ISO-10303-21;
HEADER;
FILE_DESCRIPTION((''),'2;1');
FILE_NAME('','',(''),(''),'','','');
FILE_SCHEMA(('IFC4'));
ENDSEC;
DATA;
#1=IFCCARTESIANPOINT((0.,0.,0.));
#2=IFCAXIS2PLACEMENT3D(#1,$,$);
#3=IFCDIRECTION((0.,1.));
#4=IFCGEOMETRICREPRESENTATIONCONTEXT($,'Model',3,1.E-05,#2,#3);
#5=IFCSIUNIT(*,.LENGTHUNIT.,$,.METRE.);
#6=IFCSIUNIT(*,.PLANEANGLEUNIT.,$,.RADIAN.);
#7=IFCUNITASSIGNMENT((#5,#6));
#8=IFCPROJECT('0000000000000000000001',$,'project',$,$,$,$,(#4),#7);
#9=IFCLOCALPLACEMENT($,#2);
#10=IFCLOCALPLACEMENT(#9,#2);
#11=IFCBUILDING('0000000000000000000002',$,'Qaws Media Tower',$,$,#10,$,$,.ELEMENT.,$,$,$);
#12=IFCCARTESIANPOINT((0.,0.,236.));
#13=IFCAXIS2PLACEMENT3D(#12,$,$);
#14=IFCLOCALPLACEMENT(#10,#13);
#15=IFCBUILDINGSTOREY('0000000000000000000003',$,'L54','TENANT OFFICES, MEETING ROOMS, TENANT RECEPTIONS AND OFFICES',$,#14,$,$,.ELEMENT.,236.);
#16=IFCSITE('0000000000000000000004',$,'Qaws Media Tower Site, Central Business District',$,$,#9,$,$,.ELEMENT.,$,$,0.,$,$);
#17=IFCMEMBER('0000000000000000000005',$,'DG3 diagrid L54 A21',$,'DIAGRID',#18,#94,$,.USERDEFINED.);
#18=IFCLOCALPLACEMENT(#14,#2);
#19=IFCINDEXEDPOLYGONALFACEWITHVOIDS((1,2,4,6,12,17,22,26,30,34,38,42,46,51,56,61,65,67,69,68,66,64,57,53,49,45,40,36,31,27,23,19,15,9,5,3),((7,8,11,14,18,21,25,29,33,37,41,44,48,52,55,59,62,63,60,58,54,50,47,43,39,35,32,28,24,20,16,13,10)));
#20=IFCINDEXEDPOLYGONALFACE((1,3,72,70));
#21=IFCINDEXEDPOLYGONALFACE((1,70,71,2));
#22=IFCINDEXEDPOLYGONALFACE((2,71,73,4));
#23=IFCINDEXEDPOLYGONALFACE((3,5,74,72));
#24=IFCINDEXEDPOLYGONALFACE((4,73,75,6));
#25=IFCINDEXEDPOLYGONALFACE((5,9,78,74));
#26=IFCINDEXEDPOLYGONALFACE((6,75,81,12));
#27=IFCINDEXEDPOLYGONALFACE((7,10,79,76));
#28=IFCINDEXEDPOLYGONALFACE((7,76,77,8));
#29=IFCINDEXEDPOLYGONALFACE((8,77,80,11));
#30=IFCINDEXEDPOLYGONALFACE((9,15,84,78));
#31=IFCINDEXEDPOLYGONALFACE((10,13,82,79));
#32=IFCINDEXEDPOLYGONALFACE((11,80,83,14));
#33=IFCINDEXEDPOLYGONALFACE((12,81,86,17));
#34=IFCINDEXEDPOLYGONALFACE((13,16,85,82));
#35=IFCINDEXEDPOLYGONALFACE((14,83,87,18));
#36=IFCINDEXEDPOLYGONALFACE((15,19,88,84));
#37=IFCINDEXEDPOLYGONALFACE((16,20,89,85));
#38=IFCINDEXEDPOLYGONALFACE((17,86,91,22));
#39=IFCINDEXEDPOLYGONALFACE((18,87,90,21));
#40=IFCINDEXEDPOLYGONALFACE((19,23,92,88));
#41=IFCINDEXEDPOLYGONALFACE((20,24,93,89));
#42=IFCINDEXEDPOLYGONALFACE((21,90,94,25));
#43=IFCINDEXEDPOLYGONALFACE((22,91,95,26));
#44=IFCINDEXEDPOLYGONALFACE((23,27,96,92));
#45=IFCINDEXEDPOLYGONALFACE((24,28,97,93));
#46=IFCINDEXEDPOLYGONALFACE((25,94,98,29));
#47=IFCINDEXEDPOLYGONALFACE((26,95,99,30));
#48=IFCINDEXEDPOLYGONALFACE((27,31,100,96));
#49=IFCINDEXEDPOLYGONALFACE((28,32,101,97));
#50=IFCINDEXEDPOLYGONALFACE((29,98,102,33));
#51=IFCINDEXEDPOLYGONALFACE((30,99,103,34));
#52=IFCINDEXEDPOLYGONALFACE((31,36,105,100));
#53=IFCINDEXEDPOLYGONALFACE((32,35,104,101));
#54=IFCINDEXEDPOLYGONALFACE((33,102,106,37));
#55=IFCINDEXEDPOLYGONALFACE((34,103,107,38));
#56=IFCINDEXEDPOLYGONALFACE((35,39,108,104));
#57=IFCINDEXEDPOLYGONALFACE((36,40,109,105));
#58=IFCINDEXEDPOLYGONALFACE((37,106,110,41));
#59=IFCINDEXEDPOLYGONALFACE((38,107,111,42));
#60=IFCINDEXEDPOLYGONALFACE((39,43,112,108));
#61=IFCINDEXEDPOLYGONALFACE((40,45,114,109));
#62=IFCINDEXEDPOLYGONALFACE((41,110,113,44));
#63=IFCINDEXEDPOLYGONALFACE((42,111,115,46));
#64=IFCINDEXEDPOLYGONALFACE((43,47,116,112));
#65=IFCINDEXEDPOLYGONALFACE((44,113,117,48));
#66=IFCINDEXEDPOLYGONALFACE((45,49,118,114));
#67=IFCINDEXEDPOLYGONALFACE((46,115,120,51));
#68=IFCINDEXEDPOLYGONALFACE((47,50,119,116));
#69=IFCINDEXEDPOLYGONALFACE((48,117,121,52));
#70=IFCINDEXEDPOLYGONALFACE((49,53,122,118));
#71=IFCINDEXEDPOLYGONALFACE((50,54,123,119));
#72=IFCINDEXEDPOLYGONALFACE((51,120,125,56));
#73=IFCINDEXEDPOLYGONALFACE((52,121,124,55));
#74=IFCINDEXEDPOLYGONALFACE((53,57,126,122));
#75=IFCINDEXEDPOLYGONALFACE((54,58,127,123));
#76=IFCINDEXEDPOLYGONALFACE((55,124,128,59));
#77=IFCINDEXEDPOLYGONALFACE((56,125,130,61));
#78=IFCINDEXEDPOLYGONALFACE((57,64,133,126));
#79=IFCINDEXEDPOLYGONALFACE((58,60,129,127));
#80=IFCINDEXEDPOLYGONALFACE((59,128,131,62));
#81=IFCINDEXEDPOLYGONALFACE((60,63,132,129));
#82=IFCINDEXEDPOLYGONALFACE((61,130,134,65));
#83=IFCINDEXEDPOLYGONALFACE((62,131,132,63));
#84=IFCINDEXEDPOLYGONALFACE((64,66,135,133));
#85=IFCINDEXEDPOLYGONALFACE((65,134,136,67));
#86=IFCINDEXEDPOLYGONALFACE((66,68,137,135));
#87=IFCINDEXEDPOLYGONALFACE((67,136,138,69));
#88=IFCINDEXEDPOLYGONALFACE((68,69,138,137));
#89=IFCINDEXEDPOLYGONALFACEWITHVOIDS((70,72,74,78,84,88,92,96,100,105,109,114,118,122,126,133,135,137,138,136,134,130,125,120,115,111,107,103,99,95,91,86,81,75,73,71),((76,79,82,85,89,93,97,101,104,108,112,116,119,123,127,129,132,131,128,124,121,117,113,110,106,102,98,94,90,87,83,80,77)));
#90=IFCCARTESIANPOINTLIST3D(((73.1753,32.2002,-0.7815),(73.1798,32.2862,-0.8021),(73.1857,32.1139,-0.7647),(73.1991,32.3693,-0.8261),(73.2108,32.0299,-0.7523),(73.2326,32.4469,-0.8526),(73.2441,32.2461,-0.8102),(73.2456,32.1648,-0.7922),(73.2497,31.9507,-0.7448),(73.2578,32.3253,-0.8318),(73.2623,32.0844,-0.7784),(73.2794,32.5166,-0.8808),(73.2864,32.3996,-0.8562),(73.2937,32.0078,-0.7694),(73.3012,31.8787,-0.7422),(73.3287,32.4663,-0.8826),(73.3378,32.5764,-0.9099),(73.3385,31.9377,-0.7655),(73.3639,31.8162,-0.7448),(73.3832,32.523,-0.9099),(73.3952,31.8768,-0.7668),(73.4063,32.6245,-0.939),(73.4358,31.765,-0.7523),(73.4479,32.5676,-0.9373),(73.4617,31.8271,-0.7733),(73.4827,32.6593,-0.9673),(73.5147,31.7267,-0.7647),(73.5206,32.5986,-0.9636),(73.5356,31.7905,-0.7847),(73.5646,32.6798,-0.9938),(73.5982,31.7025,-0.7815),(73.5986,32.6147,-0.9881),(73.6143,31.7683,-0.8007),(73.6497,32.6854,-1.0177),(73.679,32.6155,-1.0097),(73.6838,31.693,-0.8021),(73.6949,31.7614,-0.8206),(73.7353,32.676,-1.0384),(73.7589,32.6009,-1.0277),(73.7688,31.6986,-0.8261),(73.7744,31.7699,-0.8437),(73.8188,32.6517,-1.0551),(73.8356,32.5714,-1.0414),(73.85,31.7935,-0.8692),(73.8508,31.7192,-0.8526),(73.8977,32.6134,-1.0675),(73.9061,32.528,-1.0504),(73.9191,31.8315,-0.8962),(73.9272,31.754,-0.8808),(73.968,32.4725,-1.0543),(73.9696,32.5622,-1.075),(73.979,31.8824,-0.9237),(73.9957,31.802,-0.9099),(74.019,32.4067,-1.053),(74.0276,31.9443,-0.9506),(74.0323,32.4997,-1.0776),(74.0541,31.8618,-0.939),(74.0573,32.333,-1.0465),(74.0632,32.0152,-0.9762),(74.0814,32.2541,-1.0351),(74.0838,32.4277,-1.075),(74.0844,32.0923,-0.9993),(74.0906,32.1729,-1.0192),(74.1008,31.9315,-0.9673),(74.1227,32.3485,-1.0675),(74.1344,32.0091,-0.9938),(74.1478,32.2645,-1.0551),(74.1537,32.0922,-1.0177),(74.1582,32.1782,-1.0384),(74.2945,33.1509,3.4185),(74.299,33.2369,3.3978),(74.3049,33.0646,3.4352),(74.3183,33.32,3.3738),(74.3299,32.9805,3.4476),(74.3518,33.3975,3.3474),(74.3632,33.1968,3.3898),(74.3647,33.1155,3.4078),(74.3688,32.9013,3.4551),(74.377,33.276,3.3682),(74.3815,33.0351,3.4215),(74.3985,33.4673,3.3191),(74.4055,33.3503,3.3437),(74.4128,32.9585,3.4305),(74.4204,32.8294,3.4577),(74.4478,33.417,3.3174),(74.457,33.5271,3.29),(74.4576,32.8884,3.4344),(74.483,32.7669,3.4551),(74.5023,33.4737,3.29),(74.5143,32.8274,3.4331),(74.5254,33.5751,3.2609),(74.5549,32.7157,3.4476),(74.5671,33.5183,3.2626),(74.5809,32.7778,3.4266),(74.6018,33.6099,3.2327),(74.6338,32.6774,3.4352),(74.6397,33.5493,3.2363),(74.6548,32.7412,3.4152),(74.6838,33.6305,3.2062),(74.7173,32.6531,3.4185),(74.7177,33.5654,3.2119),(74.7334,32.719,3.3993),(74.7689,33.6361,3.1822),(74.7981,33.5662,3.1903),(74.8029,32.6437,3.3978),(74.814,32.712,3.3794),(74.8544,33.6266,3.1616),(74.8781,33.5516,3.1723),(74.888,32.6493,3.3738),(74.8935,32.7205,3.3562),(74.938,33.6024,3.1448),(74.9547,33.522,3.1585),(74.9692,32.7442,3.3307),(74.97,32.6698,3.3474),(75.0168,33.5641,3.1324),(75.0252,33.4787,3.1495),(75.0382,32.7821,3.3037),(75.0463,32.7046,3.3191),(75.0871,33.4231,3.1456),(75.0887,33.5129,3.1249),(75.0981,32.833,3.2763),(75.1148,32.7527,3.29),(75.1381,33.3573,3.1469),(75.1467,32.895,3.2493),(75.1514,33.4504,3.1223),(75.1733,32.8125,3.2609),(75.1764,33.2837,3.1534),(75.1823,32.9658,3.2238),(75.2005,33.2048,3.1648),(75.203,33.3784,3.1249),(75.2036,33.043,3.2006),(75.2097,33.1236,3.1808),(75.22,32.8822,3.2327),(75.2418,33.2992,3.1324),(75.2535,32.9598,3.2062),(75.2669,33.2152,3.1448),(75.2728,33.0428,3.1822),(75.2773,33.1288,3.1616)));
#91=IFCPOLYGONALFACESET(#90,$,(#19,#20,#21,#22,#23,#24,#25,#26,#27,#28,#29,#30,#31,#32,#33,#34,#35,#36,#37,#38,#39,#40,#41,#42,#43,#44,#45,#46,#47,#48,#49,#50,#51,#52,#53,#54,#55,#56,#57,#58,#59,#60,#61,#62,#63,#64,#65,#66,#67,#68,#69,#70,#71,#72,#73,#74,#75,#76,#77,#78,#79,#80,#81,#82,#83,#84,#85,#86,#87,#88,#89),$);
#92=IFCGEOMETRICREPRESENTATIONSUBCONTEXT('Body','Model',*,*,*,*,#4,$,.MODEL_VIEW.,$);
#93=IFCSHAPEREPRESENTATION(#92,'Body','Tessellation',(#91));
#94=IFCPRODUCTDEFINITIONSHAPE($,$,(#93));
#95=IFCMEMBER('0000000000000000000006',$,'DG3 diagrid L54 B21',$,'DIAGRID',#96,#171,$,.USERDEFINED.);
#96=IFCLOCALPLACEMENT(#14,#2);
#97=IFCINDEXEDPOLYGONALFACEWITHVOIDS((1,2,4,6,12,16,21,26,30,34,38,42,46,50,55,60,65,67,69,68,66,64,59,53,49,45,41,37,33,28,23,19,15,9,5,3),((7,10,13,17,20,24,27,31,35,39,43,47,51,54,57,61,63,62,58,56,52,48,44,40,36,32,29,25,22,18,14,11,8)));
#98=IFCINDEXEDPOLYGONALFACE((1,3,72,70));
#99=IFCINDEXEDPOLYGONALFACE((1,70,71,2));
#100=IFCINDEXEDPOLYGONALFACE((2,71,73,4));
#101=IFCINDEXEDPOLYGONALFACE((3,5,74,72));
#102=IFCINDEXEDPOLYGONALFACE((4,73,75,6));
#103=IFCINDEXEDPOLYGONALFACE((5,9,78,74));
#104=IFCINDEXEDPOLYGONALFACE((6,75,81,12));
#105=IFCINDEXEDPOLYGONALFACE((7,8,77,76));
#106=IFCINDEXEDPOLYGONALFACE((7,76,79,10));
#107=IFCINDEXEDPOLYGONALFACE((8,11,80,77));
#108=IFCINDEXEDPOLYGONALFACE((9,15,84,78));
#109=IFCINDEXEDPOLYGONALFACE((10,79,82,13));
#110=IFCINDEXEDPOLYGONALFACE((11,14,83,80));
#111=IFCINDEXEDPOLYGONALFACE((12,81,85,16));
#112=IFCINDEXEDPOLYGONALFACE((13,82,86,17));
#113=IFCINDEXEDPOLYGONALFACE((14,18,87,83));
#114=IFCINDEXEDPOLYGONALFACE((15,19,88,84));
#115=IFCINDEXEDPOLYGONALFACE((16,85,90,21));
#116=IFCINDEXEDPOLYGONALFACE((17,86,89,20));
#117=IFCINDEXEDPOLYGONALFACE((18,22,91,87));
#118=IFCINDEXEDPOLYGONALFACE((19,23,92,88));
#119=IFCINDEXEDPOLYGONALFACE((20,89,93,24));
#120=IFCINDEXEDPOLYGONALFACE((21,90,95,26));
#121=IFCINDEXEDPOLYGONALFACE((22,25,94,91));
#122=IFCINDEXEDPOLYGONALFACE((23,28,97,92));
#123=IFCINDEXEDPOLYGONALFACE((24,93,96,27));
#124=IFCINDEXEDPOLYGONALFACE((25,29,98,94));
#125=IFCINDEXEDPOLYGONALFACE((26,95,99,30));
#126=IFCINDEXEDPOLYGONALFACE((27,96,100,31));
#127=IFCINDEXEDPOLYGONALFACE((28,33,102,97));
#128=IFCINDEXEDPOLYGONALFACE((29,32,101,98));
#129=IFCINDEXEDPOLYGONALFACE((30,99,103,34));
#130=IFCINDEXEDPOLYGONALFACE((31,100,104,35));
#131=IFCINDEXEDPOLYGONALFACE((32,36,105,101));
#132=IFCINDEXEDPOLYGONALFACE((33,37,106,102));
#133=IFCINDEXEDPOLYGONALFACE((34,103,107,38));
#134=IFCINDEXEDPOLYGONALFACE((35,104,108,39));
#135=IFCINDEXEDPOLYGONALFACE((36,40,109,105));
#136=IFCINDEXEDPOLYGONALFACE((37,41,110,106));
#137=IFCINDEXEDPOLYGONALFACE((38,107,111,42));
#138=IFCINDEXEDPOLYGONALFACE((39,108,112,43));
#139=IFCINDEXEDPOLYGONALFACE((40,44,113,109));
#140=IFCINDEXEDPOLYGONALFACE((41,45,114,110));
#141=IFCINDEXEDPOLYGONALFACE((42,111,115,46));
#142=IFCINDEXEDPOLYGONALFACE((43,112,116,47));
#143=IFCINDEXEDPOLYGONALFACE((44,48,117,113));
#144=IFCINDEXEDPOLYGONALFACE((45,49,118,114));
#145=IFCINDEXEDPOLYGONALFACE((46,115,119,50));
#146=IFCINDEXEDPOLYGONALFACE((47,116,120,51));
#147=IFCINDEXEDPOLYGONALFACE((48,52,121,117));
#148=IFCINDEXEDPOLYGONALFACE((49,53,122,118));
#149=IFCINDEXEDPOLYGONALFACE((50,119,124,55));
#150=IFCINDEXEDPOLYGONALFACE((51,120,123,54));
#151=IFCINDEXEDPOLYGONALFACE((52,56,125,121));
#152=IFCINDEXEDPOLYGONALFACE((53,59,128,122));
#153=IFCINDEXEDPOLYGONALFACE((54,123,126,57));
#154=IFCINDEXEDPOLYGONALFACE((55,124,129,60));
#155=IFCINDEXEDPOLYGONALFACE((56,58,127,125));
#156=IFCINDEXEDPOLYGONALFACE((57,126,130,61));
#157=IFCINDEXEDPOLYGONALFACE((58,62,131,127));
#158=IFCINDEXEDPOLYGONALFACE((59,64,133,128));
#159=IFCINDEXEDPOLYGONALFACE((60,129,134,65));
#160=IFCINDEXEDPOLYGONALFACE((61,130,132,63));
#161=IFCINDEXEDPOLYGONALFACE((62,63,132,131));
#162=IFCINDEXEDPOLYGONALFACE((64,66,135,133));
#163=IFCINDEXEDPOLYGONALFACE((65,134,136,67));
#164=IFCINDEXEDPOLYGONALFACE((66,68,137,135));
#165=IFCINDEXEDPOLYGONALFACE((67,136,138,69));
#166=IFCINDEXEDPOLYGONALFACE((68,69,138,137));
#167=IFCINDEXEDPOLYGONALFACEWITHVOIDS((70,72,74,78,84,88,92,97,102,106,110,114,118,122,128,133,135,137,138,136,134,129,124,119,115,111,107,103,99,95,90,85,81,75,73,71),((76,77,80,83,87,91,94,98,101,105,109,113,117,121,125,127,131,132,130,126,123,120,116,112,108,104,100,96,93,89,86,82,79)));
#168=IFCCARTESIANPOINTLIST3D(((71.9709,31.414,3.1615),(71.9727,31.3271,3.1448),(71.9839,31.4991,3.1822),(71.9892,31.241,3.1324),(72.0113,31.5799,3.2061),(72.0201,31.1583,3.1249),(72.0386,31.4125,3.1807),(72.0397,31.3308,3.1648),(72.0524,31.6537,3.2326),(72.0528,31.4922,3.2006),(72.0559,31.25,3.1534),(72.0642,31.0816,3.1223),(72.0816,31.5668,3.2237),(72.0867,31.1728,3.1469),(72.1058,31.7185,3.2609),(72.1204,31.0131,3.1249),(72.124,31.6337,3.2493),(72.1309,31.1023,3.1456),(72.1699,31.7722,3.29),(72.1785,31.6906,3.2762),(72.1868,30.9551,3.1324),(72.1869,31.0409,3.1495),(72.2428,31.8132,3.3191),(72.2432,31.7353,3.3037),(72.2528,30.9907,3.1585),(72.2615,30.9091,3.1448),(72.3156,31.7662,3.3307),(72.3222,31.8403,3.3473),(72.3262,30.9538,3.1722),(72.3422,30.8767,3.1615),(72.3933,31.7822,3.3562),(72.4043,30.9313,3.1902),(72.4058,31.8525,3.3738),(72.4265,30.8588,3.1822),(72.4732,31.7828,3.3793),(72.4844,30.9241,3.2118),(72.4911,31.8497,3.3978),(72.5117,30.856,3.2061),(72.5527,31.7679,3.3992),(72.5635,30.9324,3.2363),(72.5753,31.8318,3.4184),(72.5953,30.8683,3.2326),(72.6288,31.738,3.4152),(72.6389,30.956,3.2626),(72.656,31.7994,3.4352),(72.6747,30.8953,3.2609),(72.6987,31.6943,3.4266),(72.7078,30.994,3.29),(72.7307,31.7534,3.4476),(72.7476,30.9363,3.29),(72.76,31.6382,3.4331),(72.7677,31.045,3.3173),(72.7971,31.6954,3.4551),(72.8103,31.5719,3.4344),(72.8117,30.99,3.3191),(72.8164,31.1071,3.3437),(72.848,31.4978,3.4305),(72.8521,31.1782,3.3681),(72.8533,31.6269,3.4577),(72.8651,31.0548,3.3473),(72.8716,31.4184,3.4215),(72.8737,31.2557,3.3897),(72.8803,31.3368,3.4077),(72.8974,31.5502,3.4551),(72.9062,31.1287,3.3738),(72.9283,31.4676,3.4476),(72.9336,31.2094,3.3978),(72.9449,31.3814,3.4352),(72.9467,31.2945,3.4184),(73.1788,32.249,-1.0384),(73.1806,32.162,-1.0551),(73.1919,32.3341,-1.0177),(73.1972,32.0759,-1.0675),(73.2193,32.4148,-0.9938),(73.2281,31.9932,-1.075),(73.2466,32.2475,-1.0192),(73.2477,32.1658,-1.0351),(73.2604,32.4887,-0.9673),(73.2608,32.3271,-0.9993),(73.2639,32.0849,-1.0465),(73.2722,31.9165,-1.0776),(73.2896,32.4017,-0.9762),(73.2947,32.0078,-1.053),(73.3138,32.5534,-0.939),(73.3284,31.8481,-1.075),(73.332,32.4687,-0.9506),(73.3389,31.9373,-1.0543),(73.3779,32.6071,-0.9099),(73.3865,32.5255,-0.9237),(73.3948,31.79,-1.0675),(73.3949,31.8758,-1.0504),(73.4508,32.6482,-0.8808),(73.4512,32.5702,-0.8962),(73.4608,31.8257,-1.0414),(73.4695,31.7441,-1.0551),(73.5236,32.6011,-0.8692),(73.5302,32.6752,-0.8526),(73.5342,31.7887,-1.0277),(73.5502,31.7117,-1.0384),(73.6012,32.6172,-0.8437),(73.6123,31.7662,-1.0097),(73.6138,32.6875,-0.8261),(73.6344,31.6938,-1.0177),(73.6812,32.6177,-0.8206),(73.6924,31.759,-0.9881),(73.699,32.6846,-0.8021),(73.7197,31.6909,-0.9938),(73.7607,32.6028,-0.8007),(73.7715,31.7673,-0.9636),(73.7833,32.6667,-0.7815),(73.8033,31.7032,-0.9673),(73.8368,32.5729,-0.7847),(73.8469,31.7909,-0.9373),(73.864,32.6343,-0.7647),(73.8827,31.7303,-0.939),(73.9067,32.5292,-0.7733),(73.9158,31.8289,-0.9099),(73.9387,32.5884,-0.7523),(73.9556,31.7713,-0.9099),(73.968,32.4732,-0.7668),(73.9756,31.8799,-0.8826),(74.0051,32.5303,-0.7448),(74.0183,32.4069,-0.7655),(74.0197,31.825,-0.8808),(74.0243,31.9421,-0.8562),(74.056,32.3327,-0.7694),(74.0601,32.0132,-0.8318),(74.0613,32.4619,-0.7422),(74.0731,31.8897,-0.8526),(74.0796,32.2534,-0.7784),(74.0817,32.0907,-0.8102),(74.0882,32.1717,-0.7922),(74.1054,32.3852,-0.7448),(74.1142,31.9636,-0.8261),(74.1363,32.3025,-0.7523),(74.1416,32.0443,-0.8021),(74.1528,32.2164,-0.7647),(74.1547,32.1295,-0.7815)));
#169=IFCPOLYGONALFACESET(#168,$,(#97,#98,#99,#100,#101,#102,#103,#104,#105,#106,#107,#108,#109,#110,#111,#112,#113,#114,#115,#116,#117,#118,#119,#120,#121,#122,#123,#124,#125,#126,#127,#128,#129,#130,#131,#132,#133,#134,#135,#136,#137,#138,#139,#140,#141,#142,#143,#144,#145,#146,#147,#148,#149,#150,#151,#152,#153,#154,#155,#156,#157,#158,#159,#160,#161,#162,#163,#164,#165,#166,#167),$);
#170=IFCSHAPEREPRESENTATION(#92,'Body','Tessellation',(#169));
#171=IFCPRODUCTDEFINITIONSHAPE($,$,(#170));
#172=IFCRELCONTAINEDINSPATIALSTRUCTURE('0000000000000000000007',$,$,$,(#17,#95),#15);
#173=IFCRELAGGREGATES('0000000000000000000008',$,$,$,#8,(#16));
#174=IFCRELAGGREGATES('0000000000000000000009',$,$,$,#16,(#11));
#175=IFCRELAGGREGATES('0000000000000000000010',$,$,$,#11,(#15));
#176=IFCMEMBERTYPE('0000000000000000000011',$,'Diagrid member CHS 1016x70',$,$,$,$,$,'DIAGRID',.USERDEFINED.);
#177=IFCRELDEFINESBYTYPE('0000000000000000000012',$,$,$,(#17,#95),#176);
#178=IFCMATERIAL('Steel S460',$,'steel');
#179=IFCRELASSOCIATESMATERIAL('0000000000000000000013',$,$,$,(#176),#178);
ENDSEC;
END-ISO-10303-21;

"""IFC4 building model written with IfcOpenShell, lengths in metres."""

from ifc_helpers import new_model, si_unit, direction, frame, origin, origin_2d, place, context, subcontext, project, spatial, hollow_circle, extrude, material, material_profile, profile_set, type_object, element, save


model = new_model("IFC4")

# Units and contexts
model_context = context("Model", 3, precision=1e-05, world=origin(), true_north=direction((0.0, 1.0)))
body_context = subcontext(model_context, "Body", "Model", "MODEL_VIEW")
ifc_project = project(units=[si_unit("LENGTHUNIT", "METRE"), si_unit("PLANEANGLEUNIT", "RADIAN")], contexts=[model_context])

# Site, building, storey
site_placement = place(None, origin())
site = spatial("IfcSite", under=ifc_project, at=site_placement, Name="Qaws Media Tower Site, Central Business District", CompositionType="ELEMENT", RefElevation=0.0)
building_placement = place(site_placement, origin())
building = spatial("IfcBuilding", under=site, at=building_placement, Name="Qaws Media Tower", CompositionType="ELEMENT")
storey_placement = place(building_placement, frame((0.0, 0.0, 236.0)))
storey = spatial("IfcBuildingStorey", under=building, at=storey_placement, Name="L54", Description="TENANT OFFICES, MEETING ROOMS, TENANT RECEPTIONS AND OFFICES", CompositionType="ELEMENT", Elevation=236.0)

# Members
ifc_material_1 = material(Name="Steel S460", Category="steel")
ifc_material_profile_1 = material_profile(ifc_material_1, hollow_circle(Radius=0.5081, WallThickness=0.0701, at=origin_2d()), Name="CHS 1016x70")
ifc_profile_set_1 = profile_set([ifc_material_profile_1], Name="Steel S460")
member_type_1 = type_object("IfcMemberType", Name="Diagrid member CHS 1016x70", ElementType="DIAGRID", PredefinedType="USERDEFINED", material=ifc_profile_set_1)
for number, where, z_axis, x_axis, name in (
    (1, (73.6667, 32.1892, -0.9099), (0.251534, 0.213673, 0.943967), (-0.647417, 0.762136, 0.0), "DG3 diagrid L54 A21"),
    (2, (73.6667, 32.1892, -0.9099), (-0.271507, -0.187662, 0.943963), (0.568587, -0.822623, 0.0), "DG3 diagrid L54 B21"),
):
    element("IfcMember", number, at=place(storey_placement, frame(where, z_axis=z_axis, x_axis=x_axis)), inside=storey, type_object=member_type_1, Name=name, ObjectType="DIAGRID", PredefinedType="USERDEFINED", context=body_context, shape_type="SweptSolid", body=[
        extrude(hollow_circle(Radius=0.5081, WallThickness=0.0701, at=origin_2d()), origin(), (0.0, 0.0, 1.0), 4.4492),
    ])

save(model, "model.ifc")
